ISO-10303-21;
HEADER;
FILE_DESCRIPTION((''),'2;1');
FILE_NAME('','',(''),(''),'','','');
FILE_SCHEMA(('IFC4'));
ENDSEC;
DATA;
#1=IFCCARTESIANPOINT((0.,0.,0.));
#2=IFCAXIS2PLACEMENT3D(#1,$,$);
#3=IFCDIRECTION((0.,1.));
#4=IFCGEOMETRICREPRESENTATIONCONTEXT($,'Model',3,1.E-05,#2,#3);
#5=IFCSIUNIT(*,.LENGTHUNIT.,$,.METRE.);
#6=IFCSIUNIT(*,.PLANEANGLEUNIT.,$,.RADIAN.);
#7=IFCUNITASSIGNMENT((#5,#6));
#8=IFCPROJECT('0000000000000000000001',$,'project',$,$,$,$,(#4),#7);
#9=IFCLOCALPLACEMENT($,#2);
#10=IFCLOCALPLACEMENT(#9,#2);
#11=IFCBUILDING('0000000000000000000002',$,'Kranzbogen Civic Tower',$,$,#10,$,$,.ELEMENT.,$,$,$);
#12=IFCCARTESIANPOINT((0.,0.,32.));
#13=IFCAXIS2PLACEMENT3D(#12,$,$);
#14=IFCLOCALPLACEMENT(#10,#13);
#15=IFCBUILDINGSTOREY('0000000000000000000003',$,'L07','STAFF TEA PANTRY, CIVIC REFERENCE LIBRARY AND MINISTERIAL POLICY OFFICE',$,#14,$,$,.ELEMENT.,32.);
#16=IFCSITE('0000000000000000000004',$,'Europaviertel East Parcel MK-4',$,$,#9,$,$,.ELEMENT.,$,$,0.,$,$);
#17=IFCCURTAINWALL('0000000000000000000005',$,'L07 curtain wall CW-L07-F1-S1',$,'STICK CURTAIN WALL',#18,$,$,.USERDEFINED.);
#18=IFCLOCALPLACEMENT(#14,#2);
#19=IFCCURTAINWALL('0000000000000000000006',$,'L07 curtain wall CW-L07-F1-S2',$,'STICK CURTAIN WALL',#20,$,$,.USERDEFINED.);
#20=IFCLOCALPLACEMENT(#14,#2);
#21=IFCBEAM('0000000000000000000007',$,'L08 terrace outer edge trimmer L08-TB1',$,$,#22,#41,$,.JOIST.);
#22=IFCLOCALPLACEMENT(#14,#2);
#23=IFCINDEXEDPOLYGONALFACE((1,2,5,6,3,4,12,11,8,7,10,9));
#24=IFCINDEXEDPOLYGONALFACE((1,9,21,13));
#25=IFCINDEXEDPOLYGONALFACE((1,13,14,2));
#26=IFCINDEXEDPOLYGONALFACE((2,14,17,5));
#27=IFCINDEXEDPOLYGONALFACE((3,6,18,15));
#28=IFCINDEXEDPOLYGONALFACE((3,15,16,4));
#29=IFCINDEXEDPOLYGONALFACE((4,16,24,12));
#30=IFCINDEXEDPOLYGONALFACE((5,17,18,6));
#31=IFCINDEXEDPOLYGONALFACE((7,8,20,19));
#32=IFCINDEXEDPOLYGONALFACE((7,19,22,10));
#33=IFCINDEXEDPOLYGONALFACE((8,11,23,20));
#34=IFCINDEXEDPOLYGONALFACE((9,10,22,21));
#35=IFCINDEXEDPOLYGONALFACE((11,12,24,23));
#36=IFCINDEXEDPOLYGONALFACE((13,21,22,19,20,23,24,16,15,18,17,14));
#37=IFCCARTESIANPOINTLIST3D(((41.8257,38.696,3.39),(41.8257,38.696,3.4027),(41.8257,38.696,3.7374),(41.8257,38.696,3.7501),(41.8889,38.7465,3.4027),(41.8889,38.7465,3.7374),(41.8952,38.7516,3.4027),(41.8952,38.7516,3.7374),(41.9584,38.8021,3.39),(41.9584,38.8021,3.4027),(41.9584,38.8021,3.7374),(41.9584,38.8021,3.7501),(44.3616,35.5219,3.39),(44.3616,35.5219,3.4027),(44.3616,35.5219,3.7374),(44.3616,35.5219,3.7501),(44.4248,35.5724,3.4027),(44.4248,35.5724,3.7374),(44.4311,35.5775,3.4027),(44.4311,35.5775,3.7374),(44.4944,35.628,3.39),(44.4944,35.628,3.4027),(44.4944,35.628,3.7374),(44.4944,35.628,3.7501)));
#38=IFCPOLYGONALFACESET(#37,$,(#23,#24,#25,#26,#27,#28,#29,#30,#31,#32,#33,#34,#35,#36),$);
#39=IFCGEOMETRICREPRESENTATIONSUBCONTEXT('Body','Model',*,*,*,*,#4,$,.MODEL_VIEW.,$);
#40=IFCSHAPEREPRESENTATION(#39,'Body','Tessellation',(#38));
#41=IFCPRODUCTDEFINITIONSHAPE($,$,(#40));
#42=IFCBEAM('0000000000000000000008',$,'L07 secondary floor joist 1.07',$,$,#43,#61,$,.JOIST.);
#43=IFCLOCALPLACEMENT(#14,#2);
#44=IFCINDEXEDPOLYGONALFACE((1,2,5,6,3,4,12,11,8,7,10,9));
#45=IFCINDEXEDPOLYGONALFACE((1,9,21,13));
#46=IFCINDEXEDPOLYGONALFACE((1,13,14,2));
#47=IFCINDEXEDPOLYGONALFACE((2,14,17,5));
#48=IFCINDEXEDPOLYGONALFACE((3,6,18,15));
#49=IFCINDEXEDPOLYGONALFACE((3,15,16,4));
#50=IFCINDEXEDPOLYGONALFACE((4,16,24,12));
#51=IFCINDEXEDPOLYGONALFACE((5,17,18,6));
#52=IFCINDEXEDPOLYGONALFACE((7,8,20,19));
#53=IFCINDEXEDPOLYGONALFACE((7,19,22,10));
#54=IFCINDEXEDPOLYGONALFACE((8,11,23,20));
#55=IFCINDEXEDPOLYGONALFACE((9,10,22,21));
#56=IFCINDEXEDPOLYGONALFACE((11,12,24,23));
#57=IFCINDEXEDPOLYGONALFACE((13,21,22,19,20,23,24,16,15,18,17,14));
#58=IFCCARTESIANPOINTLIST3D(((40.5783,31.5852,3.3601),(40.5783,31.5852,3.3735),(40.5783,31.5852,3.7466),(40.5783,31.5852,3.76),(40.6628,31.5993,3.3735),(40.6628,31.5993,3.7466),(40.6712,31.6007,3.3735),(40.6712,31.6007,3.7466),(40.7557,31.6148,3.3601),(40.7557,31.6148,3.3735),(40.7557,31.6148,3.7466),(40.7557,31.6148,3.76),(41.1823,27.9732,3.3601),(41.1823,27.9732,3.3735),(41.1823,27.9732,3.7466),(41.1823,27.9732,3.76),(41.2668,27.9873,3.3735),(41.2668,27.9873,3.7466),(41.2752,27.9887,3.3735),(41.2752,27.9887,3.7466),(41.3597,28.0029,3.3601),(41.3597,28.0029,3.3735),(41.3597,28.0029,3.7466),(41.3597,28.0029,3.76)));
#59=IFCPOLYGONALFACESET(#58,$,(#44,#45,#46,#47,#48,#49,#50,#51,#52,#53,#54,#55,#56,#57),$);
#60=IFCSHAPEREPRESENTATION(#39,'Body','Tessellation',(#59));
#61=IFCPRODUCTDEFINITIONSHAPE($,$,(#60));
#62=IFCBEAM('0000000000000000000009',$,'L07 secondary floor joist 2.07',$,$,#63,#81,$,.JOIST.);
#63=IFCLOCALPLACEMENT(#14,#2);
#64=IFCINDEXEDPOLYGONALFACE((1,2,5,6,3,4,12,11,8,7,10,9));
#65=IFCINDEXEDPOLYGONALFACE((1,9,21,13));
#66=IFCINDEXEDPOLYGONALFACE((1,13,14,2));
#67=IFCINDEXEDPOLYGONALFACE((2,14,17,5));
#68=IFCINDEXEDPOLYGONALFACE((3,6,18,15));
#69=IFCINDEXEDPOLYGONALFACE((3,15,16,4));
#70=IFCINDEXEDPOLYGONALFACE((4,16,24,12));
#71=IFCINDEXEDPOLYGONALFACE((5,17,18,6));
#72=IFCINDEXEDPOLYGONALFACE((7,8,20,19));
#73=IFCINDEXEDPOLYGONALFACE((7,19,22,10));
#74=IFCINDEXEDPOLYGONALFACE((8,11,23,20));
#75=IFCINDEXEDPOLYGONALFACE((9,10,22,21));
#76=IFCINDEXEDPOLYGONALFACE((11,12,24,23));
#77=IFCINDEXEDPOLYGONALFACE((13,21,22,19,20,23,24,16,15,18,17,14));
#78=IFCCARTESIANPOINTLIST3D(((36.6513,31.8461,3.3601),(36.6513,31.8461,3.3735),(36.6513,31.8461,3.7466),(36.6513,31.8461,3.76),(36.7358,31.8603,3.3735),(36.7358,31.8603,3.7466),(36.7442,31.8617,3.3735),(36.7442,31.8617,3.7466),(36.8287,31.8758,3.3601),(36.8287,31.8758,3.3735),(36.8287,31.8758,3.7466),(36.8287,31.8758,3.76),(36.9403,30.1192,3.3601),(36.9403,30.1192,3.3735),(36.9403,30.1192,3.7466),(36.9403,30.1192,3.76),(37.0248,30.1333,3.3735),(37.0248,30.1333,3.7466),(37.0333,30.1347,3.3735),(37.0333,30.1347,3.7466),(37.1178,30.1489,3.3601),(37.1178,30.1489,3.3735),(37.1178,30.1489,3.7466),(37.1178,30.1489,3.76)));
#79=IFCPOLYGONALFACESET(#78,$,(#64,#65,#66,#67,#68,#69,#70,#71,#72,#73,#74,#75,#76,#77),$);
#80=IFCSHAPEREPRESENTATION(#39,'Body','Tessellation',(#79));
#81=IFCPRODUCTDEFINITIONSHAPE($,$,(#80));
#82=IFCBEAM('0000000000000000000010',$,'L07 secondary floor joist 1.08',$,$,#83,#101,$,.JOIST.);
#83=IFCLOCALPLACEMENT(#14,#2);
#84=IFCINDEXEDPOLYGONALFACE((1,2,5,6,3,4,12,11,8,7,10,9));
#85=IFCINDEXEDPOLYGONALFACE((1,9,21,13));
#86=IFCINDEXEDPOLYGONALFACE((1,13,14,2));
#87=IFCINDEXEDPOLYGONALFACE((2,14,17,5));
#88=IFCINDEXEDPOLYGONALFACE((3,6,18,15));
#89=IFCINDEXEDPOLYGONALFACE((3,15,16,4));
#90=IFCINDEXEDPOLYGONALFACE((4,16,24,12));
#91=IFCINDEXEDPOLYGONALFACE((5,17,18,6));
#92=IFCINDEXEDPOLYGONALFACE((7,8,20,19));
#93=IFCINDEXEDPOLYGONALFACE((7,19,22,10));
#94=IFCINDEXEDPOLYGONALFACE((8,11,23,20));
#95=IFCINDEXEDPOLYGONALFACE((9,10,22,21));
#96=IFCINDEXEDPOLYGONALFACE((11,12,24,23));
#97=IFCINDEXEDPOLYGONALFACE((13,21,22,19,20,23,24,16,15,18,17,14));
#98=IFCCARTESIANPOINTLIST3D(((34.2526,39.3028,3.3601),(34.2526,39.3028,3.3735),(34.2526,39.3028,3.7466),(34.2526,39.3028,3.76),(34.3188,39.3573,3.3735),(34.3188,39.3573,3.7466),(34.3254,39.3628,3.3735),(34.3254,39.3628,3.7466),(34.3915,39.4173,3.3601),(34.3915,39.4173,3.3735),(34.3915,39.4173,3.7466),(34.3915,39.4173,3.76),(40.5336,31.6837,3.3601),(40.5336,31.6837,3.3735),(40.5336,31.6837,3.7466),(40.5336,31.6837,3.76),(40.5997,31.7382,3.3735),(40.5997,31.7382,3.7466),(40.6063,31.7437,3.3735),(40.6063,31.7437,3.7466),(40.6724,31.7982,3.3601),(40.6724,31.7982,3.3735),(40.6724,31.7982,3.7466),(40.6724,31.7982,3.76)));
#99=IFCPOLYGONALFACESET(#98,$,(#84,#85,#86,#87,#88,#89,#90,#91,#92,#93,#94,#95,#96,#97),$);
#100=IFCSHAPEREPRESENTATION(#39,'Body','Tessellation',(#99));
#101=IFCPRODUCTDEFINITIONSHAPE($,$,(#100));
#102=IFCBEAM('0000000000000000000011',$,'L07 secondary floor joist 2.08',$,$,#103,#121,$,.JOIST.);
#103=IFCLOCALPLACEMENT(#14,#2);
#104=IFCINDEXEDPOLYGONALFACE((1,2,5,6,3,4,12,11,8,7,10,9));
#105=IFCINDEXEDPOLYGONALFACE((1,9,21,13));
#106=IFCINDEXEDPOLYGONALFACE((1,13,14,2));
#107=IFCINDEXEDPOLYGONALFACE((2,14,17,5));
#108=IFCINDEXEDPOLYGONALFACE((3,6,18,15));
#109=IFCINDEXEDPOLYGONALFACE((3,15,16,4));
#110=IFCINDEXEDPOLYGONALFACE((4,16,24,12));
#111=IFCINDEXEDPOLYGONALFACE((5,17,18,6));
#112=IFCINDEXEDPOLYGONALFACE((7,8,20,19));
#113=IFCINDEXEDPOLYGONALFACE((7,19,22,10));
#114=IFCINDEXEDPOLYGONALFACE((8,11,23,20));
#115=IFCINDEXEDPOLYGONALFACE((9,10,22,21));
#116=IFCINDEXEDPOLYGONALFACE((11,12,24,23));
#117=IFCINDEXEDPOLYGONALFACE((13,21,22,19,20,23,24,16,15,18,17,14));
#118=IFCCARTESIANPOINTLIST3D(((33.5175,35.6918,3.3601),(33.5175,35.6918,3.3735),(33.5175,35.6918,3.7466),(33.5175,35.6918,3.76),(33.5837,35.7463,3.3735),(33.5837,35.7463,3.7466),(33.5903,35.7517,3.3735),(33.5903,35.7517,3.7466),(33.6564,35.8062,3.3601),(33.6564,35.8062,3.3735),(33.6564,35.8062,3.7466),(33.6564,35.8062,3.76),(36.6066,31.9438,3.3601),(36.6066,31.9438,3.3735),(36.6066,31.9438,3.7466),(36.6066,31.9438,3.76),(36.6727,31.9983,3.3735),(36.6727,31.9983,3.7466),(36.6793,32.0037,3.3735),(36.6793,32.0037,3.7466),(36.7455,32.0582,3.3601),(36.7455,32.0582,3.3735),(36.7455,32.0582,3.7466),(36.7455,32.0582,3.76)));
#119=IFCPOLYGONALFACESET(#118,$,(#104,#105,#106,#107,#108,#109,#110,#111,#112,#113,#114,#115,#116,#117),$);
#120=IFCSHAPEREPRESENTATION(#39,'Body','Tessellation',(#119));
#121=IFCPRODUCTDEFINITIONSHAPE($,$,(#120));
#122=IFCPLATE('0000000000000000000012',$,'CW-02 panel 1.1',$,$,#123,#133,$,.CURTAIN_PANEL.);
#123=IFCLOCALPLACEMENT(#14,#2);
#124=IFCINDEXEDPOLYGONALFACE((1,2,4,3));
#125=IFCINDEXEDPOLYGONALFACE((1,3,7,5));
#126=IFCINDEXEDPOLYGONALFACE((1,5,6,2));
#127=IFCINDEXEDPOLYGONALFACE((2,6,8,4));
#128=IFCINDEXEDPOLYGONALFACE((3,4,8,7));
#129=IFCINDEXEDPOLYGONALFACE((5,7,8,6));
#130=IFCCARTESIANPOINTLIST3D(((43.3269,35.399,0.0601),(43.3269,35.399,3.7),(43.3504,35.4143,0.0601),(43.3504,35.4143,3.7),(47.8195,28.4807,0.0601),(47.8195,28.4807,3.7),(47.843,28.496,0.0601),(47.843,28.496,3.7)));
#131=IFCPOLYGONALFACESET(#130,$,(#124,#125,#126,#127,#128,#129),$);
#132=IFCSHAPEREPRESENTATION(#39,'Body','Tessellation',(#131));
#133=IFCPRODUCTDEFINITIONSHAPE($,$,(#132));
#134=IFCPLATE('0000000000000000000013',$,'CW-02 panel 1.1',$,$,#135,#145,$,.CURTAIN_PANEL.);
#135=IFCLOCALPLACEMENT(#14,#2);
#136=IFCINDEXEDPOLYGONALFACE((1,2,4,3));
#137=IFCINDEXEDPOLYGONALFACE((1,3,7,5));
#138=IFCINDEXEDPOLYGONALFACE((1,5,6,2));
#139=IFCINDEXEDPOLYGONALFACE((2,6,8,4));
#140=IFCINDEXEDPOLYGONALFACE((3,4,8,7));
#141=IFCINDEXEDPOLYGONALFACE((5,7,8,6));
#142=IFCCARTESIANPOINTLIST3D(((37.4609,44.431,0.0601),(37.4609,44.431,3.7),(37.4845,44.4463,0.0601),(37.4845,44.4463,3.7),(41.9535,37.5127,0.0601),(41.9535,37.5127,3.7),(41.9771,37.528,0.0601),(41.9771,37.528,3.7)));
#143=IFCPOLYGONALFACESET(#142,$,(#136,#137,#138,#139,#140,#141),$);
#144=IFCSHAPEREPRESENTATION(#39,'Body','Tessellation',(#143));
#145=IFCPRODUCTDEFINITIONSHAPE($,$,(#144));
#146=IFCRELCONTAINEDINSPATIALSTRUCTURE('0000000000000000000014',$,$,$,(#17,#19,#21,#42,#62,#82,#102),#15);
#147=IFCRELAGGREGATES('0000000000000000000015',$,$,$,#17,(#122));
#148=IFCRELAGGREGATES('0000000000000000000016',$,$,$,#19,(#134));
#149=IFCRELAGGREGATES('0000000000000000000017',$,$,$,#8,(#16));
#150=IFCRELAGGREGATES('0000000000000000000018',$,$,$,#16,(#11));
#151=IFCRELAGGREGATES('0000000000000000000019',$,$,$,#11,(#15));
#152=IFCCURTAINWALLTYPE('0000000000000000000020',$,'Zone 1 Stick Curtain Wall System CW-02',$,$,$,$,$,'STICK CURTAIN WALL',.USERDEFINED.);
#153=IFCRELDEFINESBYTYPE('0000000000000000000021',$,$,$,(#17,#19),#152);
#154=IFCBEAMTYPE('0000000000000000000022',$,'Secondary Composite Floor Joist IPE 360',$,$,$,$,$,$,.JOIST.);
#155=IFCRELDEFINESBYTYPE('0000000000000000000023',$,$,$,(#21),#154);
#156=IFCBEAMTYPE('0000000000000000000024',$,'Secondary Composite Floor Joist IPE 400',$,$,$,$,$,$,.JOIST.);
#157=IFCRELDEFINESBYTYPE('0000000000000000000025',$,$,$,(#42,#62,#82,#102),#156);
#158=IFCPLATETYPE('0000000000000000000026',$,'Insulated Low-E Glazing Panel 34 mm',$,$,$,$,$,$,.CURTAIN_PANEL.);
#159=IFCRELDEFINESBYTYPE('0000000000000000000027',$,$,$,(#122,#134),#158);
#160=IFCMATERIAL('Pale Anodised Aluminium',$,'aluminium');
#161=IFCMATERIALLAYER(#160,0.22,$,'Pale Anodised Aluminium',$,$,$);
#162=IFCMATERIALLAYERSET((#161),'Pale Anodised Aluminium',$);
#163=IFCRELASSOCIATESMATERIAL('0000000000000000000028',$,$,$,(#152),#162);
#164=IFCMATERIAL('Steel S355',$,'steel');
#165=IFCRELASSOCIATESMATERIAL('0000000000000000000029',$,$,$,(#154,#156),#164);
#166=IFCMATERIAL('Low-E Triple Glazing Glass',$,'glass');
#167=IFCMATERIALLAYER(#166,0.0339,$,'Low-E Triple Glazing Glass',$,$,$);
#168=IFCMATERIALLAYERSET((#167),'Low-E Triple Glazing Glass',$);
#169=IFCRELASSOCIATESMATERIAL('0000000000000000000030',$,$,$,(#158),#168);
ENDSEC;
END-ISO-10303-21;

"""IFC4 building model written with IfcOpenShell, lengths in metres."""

from ifc_helpers import new_model, si_unit, direction, frame, origin, origin_2d, place, context, subcontext, project, spatial, rectangle, i_section, extrude, material, layer, layer_set, material_profile, profile_set, type_object, element, aggregate, save


model = new_model("IFC4")

# Units and contexts
model_context = context("Model", 3, precision=1e-05, world=origin(), true_north=direction((0.0, 1.0)))
body_context = subcontext(model_context, "Body", "Model", "MODEL_VIEW")
ifc_project = project(units=[si_unit("LENGTHUNIT", "METRE"), si_unit("PLANEANGLEUNIT", "RADIAN")], contexts=[model_context])

# Site, building, storey
site_placement = place(None, origin())
site = spatial("IfcSite", under=ifc_project, at=site_placement, Name="Europaviertel East Parcel MK-4", CompositionType="ELEMENT", RefElevation=0.0)
building_placement = place(site_placement, origin())
building = spatial("IfcBuilding", under=site, at=building_placement, Name="Kranzbogen Civic Tower", CompositionType="ELEMENT")
storey_placement = place(building_placement, frame((0.0, 0.0, 32.0)))
storey = spatial("IfcBuildingStorey", under=building, at=storey_placement, Name="L07", Description="STAFF TEA PANTRY, CIVIC REFERENCE LIBRARY AND MINISTERIAL POLICY OFFICE", CompositionType="ELEMENT", Elevation=32.0)

# Shared definitions
ifc_material_1 = material(Name="Steel S355", Category="steel")

# Curtain walls
ifc_material_2 = material(Name="Pale Anodised Aluminium", Category="aluminium")
ifc_layer_1 = layer(ifc_material_2, 0.22, Name="Pale Anodised Aluminium")
ifc_layer_set_1 = layer_set([ifc_layer_1], Name="Pale Anodised Aluminium")
curtain_wall_type = type_object("IfcCurtainWallType", Name="Zone 1 Stick Curtain Wall System CW-02", ElementType="STICK CURTAIN WALL", PredefinedType="USERDEFINED", material=ifc_layer_set_1)
curtain_wall_1_placement = place(storey_placement, origin())
curtain_wall_1 = element("IfcCurtainWall", 1, at=curtain_wall_1_placement, inside=storey, type_object=curtain_wall_type, Name="L07 curtain wall CW-L07-F1-S1", ObjectType="STICK CURTAIN WALL", PredefinedType="USERDEFINED")
curtain_wall_2_placement = place(storey_placement, origin())
curtain_wall_2 = element("IfcCurtainWall", 2, at=curtain_wall_2_placement, inside=storey, type_object=curtain_wall_type, Name="L07 curtain wall CW-L07-F1-S2", ObjectType="STICK CURTAIN WALL", PredefinedType="USERDEFINED")

# Beams
ifc_material_profile_1 = material_profile(ifc_material_1, i_section(OverallWidth=0.1699, OverallDepth=0.3601, WebThickness=0.0081, FlangeThickness=0.0127, at=origin_2d()), Name="IPE 360")
ifc_profile_set_1 = profile_set([ifc_material_profile_1], Name="Steel S355")
beam_type_1 = type_object("IfcBeamType", Name="Secondary Composite Floor Joist IPE 360", PredefinedType="JOIST", material=ifc_profile_set_1)
beam_1_placement = place(storey_placement, frame((44.428, 35.575, 3.5701), z_axis=(-0.624189, 0.781273, 0.0), x_axis=(-0.781273, -0.624189, 0.0)))
element("IfcBeam", 3, at=beam_1_placement, inside=storey, type_object=beam_type_1, Name="L08 terrace outer edge trimmer L08-TB1", PredefinedType="JOIST", context=body_context, shape_type="SweptSolid", body=[
    extrude(i_section(OverallWidth=0.1699, OverallDepth=0.3601, WebThickness=0.0081, FlangeThickness=0.0127, at=origin_2d()), origin(), (0.0, 0.0, 1.0), 4.0627),
])
ifc_material_profile_2 = material_profile(ifc_material_1, i_section(OverallWidth=0.1799, OverallDepth=0.3999, WebThickness=0.0085, FlangeThickness=0.0134, at=origin_2d()), Name="IPE 400")
ifc_profile_set_2 = profile_set([ifc_material_profile_2], Name="Steel S355")
beam_type_2 = type_object("IfcBeamType", Name="Secondary Composite Floor Joist IPE 400", PredefinedType="JOIST", material=ifc_profile_set_2)
beam_2_placement = place(storey_placement, frame((41.271, 27.988, 3.5601), z_axis=(-0.164929, 0.986305, 0.0), x_axis=(-0.986305, -0.164929, 0.0)))
element("IfcBeam", 4, at=beam_2_placement, inside=storey, type_object=beam_type_2, Name="L07 secondary floor joist 1.07", PredefinedType="JOIST", context=body_context, shape_type="SweptSolid", body=[
    extrude(i_section(OverallWidth=0.1799, OverallDepth=0.3999, WebThickness=0.0085, FlangeThickness=0.0134, at=origin_2d()), origin(), (0.0, 0.0, 1.0), 3.6621),
])
beam_3_placement = place(storey_placement, frame((37.0291, 30.134, 3.5601), z_axis=(-0.165077, 0.986281, 0.0), x_axis=(-0.986281, -0.165077, 0.0)))
element("IfcBeam", 5, at=beam_3_placement, inside=storey, type_object=beam_type_2, Name="L07 secondary floor joist 2.07", PredefinedType="JOIST", context=body_context, shape_type="SweptSolid", body=[
    extrude(i_section(OverallWidth=0.1799, OverallDepth=0.3999, WebThickness=0.0085, FlangeThickness=0.0134, at=origin_2d()), origin(), (0.0, 0.0, 1.0), 1.751),
])
beam_4_placement = place(storey_placement, frame((40.603, 31.741, 3.5601), z_axis=(-0.636095, 0.771611, 0.0), x_axis=(-0.771611, -0.636095, 0.0)))
element("IfcBeam", 6, at=beam_4_placement, inside=storey, type_object=beam_type_2, Name="L07 secondary floor joist 1.08", PredefinedType="JOIST", context=body_context, shape_type="SweptSolid", body=[
    extrude(i_section(OverallWidth=0.1799, OverallDepth=0.3999, WebThickness=0.0085, FlangeThickness=0.0134, at=origin_2d()), origin(), (0.0, 0.0, 1.0), 9.8743),
])
beam_5_placement = place(storey_placement, frame((36.676, 32.001, 3.5601), z_axis=(-0.636012, 0.771679, 0.0), x_axis=(-0.771679, -0.636012, 0.0)))
element("IfcBeam", 7, at=beam_5_placement, inside=storey, type_object=beam_type_2, Name="L07 secondary floor joist 2.08", PredefinedType="JOIST", context=body_context, shape_type="SweptSolid", body=[
    extrude(i_section(OverallWidth=0.1799, OverallDepth=0.3999, WebThickness=0.0085, FlangeThickness=0.0134, at=origin_2d()), origin(), (0.0, 0.0, 1.0), 4.8569),
])

# Plates
ifc_material_3 = material(Name="Low-E Triple Glazing Glass", Category="glass")
ifc_layer_2 = layer(ifc_material_3, 0.0339, Name="Low-E Triple Glazing Glass")
ifc_layer_set_2 = layer_set([ifc_layer_2], Name="Low-E Triple Glazing Glass")
plate_type = type_object("IfcPlateType", Name="Insulated Low-E Glazing Panel 34 mm", PredefinedType="CURTAIN_PANEL", material=ifc_layer_set_2)
plate_1_placement = place(storey_placement, frame((45.585, 31.9475, 0.0601), z_axis=(0.0, 0.0, 1.0), x_axis=(-0.544623, 0.838681, 0.0)))
plate_1 = element("IfcPlate", 8, at=plate_1_placement, type_object=plate_type, Name="CW-02 panel 1.1", PredefinedType="CURTAIN_PANEL", context=body_context, shape_type="SweptSolid", body=[
    extrude(rectangle(XDim=8.249, YDim=0.0281, at=origin_2d()), origin(), (0.0, 0.0, 1.0), 3.6399),
])
aggregate(curtain_wall_1, [plate_1])
plate_2_placement = place(storey_placement, frame((39.719, 40.9795, 0.0601), z_axis=(0.0, 0.0, 1.0), x_axis=(-0.544623, 0.838681, 0.0)))
plate_2 = element("IfcPlate", 9, at=plate_2_placement, type_object=plate_type, Name="CW-02 panel 1.1", PredefinedType="CURTAIN_PANEL", context=body_context, shape_type="SweptSolid", body=[
    extrude(rectangle(XDim=8.249, YDim=0.0281, at=origin_2d()), origin(), (0.0, 0.0, 1.0), 3.6399),
])
aggregate(curtain_wall_2, [plate_2])

save(model, "model.ifc")
